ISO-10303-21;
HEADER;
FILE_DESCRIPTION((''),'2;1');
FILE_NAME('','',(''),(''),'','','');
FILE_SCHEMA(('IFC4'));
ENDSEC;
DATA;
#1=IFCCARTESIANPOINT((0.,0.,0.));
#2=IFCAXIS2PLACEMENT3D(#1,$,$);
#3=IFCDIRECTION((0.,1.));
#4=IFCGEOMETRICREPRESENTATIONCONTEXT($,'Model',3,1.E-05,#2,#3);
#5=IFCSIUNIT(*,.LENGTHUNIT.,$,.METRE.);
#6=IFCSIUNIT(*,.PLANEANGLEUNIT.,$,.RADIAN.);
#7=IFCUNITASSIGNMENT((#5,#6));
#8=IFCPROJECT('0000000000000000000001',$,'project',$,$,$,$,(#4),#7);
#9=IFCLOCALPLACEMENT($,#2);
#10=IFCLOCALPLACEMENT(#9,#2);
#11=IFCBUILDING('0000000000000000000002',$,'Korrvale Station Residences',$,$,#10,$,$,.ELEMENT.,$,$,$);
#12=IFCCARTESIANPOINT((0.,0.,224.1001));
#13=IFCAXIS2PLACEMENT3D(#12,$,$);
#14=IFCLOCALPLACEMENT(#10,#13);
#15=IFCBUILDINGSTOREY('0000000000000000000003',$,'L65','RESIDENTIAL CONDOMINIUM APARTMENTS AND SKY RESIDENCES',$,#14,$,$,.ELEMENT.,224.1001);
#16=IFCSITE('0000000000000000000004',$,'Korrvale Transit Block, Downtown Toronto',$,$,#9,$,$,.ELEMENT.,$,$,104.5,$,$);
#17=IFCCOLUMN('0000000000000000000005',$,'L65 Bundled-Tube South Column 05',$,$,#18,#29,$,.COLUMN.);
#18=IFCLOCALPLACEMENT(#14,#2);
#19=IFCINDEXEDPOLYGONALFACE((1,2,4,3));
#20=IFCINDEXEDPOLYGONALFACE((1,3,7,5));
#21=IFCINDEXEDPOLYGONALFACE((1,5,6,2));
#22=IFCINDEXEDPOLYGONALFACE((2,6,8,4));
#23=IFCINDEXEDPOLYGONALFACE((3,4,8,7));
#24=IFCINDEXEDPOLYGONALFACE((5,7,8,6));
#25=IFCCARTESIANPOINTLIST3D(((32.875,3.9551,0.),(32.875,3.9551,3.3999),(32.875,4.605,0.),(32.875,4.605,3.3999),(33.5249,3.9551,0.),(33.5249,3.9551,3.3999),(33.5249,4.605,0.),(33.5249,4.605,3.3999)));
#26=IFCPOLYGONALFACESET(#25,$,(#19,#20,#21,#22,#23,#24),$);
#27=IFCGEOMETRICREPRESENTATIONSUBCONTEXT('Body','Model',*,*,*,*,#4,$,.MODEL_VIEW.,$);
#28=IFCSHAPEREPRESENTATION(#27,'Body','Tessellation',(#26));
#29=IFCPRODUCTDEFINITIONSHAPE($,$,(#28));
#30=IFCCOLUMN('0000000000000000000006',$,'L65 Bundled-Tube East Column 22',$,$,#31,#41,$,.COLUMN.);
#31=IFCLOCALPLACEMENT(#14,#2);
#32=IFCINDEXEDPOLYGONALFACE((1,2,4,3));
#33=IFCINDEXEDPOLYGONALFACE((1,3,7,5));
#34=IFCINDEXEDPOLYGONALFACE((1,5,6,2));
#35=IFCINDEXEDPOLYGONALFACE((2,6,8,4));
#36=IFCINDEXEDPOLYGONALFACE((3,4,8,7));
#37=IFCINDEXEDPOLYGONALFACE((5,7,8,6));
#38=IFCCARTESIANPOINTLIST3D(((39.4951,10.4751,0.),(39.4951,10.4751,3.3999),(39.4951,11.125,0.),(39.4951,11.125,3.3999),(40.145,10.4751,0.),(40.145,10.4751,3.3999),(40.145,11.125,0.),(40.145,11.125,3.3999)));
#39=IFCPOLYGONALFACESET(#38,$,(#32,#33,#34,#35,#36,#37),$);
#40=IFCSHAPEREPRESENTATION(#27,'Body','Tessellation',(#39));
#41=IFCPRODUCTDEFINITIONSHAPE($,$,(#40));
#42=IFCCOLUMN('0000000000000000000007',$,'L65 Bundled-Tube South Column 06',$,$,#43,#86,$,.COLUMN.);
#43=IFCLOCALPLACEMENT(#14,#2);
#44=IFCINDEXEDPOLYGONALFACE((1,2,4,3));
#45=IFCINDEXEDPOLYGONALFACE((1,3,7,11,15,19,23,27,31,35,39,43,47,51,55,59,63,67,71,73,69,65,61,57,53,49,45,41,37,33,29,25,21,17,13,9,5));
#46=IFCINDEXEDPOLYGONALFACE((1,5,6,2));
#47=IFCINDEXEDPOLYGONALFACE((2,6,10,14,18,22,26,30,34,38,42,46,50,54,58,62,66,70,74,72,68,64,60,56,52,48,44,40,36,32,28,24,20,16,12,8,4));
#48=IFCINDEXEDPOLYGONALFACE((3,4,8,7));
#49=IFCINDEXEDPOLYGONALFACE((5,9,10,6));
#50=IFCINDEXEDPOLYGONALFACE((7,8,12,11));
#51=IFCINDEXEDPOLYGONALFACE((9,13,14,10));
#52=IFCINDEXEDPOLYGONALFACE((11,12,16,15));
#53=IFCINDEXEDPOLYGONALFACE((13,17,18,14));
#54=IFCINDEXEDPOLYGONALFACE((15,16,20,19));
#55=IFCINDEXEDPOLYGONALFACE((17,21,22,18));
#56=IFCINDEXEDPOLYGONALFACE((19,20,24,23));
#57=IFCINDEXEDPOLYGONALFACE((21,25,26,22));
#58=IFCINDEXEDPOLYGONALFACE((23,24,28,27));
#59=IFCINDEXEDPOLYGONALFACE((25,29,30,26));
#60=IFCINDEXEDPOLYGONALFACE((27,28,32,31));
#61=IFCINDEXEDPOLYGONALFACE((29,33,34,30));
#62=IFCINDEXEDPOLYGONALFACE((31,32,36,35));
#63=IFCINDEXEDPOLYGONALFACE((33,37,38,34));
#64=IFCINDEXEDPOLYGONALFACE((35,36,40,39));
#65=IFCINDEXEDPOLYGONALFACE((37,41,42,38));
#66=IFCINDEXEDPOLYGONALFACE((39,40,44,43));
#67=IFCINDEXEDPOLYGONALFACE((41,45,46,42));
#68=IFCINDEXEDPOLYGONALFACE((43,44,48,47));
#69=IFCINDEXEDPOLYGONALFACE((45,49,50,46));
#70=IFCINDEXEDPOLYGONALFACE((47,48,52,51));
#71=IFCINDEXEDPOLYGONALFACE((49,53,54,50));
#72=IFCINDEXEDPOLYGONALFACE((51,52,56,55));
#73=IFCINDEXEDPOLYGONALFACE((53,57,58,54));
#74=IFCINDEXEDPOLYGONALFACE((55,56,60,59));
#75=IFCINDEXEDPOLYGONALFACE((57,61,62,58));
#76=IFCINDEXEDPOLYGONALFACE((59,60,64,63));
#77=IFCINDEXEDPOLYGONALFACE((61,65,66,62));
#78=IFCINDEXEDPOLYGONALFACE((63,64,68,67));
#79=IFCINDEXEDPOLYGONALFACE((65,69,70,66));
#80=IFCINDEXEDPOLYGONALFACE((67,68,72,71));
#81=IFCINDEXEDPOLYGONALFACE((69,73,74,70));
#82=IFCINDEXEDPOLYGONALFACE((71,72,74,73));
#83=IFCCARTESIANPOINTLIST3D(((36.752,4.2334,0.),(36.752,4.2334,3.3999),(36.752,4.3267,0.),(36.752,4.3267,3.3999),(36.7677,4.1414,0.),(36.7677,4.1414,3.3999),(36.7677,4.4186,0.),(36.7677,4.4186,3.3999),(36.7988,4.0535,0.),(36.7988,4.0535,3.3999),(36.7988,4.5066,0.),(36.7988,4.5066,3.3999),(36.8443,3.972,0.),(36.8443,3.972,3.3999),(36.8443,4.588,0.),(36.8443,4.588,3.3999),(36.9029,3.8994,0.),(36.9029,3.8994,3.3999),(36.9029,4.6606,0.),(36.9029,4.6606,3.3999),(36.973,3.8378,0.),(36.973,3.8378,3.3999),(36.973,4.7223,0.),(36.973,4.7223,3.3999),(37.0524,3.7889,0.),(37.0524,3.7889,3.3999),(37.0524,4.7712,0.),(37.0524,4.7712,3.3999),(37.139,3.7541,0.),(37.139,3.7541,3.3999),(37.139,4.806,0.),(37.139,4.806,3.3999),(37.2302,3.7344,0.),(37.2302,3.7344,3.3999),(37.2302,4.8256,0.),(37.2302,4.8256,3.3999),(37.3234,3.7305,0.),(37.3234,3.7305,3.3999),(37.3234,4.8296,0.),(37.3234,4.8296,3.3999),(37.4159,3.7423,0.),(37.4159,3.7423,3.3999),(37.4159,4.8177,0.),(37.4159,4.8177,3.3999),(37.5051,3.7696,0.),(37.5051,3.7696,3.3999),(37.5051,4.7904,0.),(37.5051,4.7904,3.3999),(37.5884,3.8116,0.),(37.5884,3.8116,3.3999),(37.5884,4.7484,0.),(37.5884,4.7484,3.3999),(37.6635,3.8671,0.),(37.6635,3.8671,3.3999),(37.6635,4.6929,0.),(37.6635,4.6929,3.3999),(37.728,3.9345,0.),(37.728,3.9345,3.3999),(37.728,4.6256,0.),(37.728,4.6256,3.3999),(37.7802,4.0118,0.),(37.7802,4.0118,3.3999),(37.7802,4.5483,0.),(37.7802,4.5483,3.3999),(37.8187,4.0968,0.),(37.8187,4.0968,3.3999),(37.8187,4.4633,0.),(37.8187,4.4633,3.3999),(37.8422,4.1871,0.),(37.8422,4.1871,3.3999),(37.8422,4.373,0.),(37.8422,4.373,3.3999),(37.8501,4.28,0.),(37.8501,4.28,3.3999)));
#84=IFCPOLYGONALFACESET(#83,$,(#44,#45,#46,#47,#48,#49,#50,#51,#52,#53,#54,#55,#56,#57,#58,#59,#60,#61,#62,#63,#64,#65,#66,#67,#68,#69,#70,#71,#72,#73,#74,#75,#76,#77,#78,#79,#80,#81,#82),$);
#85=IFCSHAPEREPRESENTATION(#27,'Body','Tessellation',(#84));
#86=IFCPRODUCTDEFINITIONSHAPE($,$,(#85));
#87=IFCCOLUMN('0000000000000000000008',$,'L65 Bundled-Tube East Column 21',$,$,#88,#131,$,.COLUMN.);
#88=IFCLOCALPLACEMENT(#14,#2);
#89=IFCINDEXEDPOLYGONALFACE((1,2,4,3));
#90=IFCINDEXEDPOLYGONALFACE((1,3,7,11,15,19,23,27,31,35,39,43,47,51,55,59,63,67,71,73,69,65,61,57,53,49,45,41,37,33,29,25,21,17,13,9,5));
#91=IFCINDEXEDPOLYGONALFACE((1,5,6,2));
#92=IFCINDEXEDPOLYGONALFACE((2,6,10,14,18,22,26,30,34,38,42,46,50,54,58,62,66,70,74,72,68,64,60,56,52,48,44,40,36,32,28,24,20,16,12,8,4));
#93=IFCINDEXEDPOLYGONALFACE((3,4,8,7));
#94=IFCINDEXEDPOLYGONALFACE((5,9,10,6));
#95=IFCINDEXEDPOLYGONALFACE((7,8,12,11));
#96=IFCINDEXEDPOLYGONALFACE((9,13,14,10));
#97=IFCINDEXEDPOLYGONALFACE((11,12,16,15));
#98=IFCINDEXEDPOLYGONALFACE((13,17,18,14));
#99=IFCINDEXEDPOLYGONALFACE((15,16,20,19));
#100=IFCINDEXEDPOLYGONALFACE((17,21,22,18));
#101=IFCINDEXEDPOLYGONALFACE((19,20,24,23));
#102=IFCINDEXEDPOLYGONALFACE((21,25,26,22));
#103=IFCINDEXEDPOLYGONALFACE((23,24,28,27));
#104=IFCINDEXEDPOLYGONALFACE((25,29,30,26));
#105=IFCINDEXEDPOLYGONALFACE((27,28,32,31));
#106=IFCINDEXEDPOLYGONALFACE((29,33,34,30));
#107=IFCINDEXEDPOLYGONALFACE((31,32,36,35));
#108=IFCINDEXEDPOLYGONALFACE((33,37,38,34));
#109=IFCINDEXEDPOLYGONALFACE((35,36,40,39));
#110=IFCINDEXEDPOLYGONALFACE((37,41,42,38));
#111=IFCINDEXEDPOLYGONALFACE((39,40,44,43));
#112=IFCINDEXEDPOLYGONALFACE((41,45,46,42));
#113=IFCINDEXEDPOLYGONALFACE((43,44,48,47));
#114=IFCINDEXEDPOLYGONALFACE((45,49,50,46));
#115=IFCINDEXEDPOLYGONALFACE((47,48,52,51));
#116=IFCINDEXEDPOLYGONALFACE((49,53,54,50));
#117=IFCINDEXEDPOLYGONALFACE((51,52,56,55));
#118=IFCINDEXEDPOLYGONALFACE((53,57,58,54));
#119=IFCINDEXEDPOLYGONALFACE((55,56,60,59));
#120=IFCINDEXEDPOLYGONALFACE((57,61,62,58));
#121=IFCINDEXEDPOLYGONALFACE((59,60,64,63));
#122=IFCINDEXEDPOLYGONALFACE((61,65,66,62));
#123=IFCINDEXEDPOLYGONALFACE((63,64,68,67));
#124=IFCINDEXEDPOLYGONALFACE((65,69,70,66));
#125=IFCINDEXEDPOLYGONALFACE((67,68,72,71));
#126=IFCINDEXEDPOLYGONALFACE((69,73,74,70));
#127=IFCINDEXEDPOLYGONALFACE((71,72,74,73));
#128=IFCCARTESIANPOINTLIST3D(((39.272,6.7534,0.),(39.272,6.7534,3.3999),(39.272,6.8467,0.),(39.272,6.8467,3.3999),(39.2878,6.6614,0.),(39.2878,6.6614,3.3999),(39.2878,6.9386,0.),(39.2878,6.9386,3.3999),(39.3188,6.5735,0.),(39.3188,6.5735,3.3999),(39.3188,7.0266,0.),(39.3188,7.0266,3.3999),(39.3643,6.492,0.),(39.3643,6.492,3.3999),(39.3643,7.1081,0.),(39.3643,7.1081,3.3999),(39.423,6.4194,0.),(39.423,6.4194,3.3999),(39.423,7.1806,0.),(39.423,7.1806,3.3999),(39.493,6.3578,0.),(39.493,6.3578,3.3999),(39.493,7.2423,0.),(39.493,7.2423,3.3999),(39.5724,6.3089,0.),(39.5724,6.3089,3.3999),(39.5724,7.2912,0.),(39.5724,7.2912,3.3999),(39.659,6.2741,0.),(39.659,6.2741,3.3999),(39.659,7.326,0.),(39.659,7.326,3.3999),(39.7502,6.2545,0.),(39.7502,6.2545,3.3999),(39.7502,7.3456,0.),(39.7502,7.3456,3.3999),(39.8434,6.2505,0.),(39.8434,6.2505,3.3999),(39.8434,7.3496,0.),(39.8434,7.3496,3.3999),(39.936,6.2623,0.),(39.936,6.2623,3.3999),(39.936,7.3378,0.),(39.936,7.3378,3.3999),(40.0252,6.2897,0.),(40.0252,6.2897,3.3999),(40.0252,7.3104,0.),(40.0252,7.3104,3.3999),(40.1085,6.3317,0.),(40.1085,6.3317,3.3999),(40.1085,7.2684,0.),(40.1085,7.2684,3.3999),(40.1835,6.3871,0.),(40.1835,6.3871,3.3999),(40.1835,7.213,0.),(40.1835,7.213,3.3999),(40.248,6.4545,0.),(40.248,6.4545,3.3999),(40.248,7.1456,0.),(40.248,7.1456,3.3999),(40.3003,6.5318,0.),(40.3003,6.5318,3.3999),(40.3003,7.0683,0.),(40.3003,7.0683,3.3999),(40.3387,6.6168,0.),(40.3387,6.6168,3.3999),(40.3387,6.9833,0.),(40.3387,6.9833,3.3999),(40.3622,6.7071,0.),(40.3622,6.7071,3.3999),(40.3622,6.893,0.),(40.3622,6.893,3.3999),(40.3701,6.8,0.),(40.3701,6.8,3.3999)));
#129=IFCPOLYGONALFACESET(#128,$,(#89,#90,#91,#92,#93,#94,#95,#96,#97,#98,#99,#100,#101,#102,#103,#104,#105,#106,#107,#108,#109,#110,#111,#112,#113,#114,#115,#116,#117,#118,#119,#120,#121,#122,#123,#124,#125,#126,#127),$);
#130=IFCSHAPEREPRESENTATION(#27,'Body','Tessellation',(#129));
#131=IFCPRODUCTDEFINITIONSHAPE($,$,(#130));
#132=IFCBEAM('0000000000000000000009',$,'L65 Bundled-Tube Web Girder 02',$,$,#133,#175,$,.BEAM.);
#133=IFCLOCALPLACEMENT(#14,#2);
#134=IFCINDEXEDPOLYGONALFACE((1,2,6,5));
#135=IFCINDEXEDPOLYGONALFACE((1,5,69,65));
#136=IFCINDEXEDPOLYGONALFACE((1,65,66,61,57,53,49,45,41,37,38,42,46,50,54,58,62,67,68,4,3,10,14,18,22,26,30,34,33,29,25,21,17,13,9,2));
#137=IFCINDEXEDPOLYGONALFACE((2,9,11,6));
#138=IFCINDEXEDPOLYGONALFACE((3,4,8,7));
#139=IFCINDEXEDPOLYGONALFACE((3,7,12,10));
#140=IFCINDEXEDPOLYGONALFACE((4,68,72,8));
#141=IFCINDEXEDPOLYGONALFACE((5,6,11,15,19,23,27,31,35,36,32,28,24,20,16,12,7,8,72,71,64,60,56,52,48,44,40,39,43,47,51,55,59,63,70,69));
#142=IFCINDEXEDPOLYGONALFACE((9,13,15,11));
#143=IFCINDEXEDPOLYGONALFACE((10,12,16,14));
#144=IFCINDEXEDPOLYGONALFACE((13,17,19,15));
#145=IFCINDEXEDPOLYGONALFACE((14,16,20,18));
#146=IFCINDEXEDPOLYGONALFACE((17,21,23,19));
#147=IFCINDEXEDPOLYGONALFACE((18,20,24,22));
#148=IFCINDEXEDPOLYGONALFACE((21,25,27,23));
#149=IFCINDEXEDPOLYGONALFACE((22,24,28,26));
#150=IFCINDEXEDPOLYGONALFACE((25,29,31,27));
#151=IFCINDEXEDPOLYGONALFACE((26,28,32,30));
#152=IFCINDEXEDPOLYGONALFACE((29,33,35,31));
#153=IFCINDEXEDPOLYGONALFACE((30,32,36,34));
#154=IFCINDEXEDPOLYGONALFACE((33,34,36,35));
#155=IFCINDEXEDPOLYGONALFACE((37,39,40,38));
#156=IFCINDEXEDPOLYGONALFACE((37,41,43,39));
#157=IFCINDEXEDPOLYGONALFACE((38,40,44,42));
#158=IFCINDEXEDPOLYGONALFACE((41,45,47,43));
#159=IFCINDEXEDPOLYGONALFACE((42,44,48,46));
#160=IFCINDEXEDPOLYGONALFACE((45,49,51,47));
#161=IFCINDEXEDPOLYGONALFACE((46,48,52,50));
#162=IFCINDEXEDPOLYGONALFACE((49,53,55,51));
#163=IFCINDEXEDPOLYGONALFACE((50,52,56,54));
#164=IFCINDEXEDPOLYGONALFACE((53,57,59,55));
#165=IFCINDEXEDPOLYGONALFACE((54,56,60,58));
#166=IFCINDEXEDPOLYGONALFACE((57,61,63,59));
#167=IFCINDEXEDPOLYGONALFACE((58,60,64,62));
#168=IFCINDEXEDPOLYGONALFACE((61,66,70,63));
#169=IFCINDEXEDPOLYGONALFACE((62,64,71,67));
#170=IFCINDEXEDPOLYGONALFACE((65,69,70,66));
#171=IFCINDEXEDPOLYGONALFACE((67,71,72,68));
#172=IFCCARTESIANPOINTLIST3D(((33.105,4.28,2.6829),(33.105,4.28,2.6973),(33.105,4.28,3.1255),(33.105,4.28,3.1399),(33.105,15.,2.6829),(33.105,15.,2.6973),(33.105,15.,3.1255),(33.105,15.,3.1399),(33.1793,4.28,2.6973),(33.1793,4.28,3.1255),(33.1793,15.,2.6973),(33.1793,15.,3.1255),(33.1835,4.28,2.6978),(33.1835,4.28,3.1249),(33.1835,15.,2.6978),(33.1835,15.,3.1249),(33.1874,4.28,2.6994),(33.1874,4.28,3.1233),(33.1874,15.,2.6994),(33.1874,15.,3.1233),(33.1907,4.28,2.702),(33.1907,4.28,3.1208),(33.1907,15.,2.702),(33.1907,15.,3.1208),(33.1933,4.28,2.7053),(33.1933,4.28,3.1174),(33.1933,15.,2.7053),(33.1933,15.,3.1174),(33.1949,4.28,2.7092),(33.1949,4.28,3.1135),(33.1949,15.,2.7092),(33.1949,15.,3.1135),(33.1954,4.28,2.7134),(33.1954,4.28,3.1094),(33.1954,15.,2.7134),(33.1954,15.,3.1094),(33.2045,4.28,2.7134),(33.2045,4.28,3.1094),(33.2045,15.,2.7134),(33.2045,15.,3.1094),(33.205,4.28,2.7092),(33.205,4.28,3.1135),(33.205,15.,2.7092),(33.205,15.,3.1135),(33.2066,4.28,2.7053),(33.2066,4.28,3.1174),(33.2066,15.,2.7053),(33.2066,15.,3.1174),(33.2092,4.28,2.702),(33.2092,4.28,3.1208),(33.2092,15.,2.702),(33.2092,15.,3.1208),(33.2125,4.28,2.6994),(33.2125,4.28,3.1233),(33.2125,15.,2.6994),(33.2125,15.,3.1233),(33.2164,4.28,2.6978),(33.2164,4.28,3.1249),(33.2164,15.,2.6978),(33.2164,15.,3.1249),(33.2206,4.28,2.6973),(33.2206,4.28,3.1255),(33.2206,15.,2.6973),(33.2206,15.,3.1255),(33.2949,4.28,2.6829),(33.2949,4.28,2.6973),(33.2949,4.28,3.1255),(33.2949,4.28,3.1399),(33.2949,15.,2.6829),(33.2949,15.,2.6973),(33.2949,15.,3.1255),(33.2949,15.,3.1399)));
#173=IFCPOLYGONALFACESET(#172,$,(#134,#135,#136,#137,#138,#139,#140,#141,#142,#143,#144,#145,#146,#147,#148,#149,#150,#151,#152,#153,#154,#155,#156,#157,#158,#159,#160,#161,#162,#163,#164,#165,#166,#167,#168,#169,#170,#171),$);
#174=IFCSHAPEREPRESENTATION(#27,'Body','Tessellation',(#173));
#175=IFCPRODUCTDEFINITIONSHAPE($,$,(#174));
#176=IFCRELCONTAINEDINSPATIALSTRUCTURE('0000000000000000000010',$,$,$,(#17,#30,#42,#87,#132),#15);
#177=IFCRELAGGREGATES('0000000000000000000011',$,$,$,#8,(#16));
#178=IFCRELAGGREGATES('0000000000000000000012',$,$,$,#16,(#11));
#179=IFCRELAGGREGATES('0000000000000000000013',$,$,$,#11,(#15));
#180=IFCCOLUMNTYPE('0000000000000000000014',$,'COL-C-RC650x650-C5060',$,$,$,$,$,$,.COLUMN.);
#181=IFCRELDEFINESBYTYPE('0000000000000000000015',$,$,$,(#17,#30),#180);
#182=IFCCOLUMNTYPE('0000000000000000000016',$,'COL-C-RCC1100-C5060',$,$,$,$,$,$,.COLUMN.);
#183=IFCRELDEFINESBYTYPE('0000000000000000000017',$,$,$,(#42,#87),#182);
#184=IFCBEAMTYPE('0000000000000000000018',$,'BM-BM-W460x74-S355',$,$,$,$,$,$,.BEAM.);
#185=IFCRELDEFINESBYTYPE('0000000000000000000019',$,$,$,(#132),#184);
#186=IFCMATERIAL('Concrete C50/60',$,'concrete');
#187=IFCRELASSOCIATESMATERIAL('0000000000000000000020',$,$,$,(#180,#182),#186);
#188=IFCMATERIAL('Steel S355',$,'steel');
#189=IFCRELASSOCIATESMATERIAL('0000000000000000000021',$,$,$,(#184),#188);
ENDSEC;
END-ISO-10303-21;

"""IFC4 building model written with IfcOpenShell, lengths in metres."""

from ifc_helpers import new_model, si_unit, direction, frame, origin, origin_2d, place, context, subcontext, project, spatial, rectangle, circle, i_section, extrude, material, material_profile, profile_set, type_object, element, save


model = new_model("IFC4")

# Units and contexts
model_context = context("Model", 3, precision=1e-05, world=origin(), true_north=direction((0.0, 1.0)))
body_context = subcontext(model_context, "Body", "Model", "MODEL_VIEW")
ifc_project = project(units=[si_unit("LENGTHUNIT", "METRE"), si_unit("PLANEANGLEUNIT", "RADIAN")], contexts=[model_context])

# Site, building, storey
site_placement = place(None, origin())
site = spatial("IfcSite", under=ifc_project, at=site_placement, Name="Korrvale Transit Block, Downtown Toronto", CompositionType="ELEMENT", RefElevation=104.5)
building_placement = place(site_placement, origin())
building = spatial("IfcBuilding", under=site, at=building_placement, Name="Korrvale Station Residences", CompositionType="ELEMENT")
storey_placement = place(building_placement, frame((0.0, 0.0, 224.1001)))
storey = spatial("IfcBuildingStorey", under=building, at=storey_placement, Name="L65", Description="RESIDENTIAL CONDOMINIUM APARTMENTS AND SKY RESIDENCES", CompositionType="ELEMENT", Elevation=224.1001)

# Columns
ifc_material_1 = material(Name="Concrete C50/60", Category="concrete")
ifc_material_profile_1 = material_profile(ifc_material_1, rectangle(XDim=0.6499, YDim=0.6499, at=origin_2d()), Name="RC650x650")
ifc_profile_set_1 = profile_set([ifc_material_profile_1], Name="Concrete C50/60")
column_type_1 = type_object("IfcColumnType", Name="COL-C-RC650x650-C5060", PredefinedType="COLUMN", material=ifc_profile_set_1)
for number, where, z_axis, x_axis, name in (
    (1, (33.2, 4.28, 0.0), (0.0, 0.0, 1.0), (1.0, 0.0, 0.0), "L65 Bundled-Tube South Column 05"),
    (2, (39.8201, 10.8, 0.0), (0.0, 0.0, 1.0), (1.0, 0.0, 0.0), "L65 Bundled-Tube East Column 22"),
):
    element("IfcColumn", number, at=place(storey_placement, frame(where, z_axis=z_axis, x_axis=x_axis)), inside=storey, type_object=column_type_1, Name=name, PredefinedType="COLUMN", context=body_context, shape_type="SweptSolid", body=[
        extrude(rectangle(XDim=0.6499, YDim=0.6499, at=origin_2d()), origin(), (0.0, 0.0, 1.0), 3.3999),
    ])
ifc_material_profile_2 = material_profile(ifc_material_1, circle(Radius=0.55, at=origin_2d()), Name="RCC1100")
ifc_profile_set_2 = profile_set([ifc_material_profile_2], Name="Concrete C50/60")
column_type_2 = type_object("IfcColumnType", Name="COL-C-RCC1100-C5060", PredefinedType="COLUMN", material=ifc_profile_set_2)
for number, where, z_axis, x_axis, name in (
    (3, (37.3, 4.28, 0.0), (0.0, 0.0, 1.0), (1.0, 0.0, 0.0), "L65 Bundled-Tube South Column 06"),
    (4, (39.8201, 6.8, 0.0), (0.0, 0.0, 1.0), (1.0, 0.0, 0.0), "L65 Bundled-Tube East Column 21"),
):
    element("IfcColumn", number, at=place(storey_placement, frame(where, z_axis=z_axis, x_axis=x_axis)), inside=storey, type_object=column_type_2, Name=name, PredefinedType="COLUMN", context=body_context, shape_type="SweptSolid", body=[
        extrude(circle(Radius=0.55, at=origin_2d()), origin(), (0.0, 0.0, 1.0), 3.3999),
    ])

# Beam
ifc_material_2 = material(Name="Steel S355", Category="steel")
ifc_material_profile_3 = material_profile(ifc_material_2, i_section(OverallWidth=0.1899, OverallDepth=0.457, WebThickness=0.009, FlangeThickness=0.0144, FilletRadius=0.0161, at=origin_2d()), Name="W460x74")
ifc_profile_set_3 = profile_set([ifc_material_profile_3], Name="Steel S355")
beam_type_1 = type_object("IfcBeamType", Name="BM-BM-W460x74-S355", PredefinedType="BEAM", material=ifc_profile_set_3)
beam_1_placement = place(storey_placement, frame((33.2, 4.28, 2.9114), z_axis=(0.0, 1.0, 0.0), x_axis=(-1.0, 0.0, 0.0)))
element("IfcBeam", 5, at=beam_1_placement, inside=storey, type_object=beam_type_1, Name="L65 Bundled-Tube Web Girder 02", PredefinedType="BEAM", context=body_context, shape_type="SweptSolid", body=[
    extrude(i_section(OverallWidth=0.1899, OverallDepth=0.457, WebThickness=0.009, FlangeThickness=0.0144, FilletRadius=0.0161, at=origin_2d()), origin(), (0.0, 0.0, 1.0), 10.72),
])

save(model, "model.ifc")
